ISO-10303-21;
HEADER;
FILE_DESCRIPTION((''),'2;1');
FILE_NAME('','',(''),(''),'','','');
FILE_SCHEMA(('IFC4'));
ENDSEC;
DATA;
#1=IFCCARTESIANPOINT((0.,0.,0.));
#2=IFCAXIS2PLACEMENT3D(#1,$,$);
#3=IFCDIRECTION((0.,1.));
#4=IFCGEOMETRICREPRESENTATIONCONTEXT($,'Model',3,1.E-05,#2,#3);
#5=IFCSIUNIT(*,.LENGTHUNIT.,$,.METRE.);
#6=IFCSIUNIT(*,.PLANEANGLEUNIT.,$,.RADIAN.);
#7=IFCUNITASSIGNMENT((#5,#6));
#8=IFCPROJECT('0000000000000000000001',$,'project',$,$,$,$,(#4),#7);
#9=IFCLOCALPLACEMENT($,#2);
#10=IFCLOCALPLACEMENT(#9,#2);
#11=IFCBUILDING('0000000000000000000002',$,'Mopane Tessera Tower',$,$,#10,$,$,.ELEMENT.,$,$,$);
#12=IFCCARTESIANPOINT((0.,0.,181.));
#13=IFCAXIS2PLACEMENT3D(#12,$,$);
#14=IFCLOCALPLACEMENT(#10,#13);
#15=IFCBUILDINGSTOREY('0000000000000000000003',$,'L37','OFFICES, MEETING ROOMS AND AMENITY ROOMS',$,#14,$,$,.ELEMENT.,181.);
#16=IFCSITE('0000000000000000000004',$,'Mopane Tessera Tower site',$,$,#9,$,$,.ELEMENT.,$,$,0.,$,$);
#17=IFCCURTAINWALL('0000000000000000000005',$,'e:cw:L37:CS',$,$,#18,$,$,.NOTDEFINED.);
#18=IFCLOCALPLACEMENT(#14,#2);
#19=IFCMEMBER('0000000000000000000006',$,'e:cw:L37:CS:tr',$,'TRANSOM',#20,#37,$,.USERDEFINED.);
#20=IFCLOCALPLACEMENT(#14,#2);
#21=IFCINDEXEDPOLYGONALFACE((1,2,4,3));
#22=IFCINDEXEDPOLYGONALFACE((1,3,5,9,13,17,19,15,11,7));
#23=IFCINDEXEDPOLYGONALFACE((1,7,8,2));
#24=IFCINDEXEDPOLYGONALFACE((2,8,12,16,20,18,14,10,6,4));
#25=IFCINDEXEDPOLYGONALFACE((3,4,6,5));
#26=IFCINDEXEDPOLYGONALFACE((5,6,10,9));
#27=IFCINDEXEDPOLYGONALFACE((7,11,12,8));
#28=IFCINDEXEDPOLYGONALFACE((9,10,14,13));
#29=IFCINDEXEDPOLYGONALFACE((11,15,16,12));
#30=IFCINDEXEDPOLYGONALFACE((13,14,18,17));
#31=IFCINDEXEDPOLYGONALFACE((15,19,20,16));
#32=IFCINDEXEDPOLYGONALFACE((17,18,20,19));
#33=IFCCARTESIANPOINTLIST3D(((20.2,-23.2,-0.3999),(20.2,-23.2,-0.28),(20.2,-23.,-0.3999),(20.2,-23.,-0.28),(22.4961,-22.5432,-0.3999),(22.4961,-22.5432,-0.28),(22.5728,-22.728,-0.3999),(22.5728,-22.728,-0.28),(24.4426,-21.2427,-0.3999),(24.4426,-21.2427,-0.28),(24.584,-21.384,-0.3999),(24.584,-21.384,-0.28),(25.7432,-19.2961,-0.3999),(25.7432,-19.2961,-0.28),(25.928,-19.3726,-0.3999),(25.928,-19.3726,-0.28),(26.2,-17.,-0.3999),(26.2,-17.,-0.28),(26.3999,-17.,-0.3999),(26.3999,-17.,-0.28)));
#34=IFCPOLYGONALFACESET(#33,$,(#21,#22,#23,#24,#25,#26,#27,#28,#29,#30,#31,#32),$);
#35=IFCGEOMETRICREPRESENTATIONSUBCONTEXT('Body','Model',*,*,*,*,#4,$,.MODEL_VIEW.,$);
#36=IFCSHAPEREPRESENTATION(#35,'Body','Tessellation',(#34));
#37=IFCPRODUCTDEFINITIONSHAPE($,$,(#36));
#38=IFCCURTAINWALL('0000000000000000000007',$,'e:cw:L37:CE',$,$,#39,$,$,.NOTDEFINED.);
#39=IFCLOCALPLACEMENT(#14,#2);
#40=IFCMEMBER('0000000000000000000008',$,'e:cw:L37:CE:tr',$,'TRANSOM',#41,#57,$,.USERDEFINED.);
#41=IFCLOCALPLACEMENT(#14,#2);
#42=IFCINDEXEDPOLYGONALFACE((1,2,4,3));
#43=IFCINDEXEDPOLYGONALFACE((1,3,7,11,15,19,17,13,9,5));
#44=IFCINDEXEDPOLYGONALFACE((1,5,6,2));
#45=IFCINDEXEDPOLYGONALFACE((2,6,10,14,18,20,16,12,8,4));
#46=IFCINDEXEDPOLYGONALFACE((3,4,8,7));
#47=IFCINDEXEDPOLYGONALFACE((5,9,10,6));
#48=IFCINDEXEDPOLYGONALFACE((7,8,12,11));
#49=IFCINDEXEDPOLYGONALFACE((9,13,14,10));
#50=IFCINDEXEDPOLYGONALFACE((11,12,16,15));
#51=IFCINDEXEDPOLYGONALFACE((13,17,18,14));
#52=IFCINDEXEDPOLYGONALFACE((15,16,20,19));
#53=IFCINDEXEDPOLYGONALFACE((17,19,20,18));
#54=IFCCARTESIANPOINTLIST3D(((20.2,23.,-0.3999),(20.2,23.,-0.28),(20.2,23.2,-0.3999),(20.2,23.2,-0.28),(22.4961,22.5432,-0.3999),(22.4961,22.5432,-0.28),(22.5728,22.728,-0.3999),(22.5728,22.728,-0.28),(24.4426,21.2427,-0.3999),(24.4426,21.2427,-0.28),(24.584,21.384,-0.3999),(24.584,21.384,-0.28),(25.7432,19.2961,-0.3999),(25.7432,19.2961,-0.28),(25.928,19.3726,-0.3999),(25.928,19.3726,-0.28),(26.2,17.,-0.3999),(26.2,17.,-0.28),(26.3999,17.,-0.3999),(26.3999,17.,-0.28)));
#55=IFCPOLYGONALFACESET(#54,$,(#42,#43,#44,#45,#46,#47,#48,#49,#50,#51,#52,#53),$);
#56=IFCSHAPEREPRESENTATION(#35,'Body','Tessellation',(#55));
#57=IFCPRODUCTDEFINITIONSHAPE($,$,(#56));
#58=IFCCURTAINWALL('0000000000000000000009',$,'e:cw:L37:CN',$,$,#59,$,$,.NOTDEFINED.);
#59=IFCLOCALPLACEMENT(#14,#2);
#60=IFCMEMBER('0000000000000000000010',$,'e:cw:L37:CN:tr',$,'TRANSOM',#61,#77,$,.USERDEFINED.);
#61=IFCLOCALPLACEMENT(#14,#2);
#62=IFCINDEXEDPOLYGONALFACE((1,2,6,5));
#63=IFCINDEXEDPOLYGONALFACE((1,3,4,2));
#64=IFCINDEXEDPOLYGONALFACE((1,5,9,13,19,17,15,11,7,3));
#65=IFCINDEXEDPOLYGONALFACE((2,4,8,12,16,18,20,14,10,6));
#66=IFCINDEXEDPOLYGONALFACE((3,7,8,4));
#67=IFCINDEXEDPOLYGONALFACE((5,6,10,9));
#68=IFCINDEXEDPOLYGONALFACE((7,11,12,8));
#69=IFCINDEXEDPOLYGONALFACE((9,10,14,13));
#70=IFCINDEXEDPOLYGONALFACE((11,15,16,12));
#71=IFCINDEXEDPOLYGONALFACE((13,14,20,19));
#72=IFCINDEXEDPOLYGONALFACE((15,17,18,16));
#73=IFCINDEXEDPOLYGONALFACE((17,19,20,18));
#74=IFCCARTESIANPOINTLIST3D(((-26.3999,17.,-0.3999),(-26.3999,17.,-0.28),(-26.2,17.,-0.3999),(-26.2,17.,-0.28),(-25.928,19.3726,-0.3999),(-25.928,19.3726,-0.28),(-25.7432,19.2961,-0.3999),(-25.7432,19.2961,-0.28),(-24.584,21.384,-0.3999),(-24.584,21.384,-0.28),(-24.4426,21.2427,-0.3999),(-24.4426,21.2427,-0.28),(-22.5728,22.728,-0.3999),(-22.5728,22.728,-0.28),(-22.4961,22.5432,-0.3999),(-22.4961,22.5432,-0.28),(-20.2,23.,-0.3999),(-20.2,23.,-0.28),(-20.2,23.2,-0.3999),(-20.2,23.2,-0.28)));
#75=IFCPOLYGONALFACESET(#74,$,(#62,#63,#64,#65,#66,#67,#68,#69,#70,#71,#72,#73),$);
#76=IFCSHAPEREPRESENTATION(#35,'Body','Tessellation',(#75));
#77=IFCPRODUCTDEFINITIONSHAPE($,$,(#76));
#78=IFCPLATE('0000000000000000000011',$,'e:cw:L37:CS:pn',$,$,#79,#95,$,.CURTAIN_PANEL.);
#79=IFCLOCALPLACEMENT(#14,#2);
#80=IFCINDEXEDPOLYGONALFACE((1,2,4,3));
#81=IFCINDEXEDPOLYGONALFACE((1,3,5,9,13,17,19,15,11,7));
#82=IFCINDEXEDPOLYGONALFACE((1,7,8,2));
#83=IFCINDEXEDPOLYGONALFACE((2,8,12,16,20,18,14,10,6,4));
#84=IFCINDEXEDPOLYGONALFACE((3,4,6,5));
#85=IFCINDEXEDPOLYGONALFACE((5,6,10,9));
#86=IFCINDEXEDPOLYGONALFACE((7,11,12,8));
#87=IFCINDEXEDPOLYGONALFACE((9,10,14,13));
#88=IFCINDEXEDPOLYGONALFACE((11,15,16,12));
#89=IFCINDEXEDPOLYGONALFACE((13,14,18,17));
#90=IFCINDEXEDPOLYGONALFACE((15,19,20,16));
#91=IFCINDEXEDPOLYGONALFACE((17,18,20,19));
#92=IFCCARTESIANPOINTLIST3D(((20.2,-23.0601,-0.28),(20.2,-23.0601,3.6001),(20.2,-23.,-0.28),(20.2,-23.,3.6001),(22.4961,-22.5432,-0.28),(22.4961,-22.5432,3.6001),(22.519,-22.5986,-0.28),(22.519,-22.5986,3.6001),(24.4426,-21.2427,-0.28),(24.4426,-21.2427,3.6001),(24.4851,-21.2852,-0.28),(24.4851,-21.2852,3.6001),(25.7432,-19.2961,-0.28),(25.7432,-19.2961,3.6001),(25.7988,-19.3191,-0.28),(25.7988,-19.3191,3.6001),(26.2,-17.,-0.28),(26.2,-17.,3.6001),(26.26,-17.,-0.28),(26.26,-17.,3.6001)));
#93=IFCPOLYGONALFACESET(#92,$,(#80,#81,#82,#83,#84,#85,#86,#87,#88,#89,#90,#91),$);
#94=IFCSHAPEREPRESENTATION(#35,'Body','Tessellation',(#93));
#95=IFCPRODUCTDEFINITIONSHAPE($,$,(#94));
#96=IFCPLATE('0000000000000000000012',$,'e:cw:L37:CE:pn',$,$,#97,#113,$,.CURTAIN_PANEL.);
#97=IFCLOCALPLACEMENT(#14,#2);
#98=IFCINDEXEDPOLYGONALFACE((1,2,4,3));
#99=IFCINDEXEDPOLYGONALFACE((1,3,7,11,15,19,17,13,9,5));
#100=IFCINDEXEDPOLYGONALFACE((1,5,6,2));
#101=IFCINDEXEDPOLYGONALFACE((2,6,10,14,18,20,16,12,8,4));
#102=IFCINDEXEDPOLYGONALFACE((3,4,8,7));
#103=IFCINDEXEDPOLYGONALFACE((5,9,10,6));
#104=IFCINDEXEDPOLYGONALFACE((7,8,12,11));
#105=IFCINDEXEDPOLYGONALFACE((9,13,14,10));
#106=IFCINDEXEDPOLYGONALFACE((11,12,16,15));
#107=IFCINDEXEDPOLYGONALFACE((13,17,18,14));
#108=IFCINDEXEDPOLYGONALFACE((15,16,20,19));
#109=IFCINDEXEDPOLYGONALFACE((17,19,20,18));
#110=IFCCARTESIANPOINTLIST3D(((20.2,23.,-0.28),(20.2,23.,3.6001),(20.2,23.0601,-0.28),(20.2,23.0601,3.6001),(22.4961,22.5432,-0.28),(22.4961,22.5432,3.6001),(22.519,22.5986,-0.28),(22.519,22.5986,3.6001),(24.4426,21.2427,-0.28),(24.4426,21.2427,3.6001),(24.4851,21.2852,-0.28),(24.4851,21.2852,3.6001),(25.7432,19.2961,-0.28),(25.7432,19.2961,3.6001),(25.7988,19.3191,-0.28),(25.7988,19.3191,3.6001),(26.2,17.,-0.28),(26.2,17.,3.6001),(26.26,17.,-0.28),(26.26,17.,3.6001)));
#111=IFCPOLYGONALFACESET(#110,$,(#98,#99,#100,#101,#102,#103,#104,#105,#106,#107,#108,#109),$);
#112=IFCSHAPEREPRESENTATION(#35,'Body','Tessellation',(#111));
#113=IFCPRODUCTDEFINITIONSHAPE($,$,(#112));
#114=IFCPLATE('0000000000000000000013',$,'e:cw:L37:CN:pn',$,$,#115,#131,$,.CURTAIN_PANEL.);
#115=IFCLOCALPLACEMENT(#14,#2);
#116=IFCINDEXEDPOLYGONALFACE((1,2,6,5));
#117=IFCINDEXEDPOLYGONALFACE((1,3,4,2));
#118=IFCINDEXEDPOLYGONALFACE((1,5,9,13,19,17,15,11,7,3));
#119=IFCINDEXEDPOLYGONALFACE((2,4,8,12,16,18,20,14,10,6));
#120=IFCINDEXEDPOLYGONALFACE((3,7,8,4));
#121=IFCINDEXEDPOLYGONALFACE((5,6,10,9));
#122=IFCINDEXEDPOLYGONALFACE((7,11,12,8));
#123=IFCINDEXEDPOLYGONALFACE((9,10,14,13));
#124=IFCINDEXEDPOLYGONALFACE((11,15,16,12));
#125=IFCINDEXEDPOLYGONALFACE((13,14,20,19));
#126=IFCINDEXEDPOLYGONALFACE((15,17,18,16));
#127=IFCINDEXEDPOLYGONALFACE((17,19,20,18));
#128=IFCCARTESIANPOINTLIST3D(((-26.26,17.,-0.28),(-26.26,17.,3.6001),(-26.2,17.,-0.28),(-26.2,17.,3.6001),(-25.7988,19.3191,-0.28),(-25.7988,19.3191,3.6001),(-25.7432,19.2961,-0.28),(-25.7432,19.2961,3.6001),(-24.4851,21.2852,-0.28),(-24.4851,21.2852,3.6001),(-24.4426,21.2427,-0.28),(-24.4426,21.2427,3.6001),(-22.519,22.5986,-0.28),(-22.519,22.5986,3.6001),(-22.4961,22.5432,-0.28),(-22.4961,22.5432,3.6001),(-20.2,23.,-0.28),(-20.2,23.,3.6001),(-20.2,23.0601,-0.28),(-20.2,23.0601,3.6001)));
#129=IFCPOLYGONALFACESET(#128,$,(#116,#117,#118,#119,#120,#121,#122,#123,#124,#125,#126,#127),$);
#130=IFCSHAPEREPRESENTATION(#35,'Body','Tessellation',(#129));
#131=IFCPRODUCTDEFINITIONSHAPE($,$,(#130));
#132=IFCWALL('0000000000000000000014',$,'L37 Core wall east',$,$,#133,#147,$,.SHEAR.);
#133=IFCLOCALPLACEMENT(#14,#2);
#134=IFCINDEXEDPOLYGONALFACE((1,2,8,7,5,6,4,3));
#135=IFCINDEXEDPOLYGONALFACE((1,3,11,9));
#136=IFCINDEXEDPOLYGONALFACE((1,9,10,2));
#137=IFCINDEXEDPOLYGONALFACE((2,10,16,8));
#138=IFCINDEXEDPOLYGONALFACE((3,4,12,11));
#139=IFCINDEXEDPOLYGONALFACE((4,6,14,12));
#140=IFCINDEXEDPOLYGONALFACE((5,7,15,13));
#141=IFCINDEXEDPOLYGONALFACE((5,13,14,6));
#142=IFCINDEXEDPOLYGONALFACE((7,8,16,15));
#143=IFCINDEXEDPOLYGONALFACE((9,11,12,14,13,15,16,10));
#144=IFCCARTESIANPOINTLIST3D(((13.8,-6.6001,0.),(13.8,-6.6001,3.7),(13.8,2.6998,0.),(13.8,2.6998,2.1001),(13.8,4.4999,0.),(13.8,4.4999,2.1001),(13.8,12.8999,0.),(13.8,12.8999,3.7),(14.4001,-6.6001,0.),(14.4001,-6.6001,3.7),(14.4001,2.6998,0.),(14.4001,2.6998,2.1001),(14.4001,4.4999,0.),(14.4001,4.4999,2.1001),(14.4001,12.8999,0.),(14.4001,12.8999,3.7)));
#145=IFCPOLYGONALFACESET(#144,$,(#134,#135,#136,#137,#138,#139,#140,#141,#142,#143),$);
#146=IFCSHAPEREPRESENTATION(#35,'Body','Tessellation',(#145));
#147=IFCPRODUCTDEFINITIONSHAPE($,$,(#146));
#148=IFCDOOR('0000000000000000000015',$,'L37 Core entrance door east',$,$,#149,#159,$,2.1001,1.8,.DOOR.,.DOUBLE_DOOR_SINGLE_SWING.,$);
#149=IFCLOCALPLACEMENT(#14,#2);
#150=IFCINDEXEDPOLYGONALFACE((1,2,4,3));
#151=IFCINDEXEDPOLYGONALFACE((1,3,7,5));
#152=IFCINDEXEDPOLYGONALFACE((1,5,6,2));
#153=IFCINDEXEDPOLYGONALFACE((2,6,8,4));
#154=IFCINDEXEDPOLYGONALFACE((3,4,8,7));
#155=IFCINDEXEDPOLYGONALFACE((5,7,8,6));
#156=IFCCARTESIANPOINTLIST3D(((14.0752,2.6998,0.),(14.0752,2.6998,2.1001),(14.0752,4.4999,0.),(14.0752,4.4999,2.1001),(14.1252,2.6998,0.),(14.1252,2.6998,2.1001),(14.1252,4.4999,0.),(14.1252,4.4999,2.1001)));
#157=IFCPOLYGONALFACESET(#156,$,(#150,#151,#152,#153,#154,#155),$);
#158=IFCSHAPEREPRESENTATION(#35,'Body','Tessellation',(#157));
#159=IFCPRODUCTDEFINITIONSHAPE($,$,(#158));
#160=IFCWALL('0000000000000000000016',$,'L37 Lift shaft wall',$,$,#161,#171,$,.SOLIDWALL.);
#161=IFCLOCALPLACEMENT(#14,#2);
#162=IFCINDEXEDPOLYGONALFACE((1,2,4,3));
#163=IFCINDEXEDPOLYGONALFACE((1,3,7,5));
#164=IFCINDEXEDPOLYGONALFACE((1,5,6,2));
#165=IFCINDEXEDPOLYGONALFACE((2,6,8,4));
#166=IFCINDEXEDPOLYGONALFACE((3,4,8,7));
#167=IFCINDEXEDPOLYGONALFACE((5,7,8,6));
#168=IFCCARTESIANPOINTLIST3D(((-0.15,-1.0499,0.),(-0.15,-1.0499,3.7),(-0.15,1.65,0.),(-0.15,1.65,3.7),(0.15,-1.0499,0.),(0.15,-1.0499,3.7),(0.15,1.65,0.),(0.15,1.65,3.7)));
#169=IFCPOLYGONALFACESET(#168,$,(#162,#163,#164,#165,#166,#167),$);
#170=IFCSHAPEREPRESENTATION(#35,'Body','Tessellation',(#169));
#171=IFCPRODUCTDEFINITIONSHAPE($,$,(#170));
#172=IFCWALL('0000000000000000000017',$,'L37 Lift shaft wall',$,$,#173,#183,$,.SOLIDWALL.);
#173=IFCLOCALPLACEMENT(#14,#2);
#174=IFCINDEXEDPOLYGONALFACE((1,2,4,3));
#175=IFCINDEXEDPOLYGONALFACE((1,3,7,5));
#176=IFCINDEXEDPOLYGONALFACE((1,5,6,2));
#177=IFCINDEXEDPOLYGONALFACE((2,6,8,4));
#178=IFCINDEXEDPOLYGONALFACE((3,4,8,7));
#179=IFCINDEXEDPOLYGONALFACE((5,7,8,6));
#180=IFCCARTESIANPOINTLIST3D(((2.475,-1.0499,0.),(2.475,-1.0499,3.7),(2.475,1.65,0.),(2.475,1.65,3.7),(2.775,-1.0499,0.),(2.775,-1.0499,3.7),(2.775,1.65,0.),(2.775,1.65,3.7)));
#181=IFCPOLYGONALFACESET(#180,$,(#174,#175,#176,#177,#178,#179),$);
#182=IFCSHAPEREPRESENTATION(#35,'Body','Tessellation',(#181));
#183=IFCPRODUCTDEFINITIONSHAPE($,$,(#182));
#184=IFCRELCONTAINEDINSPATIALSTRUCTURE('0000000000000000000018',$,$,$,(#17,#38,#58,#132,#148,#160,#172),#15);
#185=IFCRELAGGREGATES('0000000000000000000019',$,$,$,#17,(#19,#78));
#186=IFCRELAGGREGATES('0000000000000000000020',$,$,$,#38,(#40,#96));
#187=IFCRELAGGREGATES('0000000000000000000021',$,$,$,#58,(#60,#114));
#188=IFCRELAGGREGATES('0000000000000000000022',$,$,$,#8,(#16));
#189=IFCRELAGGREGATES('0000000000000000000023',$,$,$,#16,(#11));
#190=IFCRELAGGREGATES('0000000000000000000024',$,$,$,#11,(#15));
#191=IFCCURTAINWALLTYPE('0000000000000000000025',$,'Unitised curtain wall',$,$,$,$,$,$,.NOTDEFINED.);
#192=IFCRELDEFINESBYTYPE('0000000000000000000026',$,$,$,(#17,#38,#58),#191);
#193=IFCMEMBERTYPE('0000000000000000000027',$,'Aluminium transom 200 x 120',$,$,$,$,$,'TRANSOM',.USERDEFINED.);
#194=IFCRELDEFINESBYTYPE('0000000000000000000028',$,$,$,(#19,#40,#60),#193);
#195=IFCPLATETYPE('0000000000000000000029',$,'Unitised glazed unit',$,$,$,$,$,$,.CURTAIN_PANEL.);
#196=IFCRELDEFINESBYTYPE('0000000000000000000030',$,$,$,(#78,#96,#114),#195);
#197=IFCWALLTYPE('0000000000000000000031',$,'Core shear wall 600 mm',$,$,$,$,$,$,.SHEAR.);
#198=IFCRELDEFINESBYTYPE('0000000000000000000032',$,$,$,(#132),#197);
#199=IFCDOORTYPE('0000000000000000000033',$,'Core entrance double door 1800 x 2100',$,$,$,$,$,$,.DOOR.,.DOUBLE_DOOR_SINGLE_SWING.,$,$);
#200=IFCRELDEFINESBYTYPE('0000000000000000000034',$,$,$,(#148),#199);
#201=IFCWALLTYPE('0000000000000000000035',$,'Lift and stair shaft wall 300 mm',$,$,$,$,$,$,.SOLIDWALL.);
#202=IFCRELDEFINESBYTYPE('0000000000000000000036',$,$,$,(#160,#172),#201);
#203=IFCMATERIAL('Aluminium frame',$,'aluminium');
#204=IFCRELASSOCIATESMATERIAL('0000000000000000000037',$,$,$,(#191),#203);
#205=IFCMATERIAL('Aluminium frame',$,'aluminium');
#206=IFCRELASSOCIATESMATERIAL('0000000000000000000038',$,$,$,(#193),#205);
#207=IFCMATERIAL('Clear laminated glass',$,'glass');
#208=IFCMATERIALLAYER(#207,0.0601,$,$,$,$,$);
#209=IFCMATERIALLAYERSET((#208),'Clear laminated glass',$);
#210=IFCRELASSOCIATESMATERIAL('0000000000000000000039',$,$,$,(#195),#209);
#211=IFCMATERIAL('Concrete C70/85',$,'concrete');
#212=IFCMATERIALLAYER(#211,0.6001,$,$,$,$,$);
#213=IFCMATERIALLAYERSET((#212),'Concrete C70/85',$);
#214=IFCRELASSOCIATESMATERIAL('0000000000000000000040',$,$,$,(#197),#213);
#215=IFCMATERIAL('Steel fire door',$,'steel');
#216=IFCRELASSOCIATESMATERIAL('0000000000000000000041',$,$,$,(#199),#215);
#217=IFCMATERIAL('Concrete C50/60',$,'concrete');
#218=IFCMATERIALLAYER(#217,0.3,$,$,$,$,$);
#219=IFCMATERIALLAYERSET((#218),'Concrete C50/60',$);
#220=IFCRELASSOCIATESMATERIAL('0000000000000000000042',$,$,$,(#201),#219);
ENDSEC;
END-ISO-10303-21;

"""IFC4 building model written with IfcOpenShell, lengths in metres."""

from ifc_helpers import new_model, si_unit, direction, frame, frame_2d, origin, origin_2d, place, context, subcontext, project, spatial, polyline, rectangle, outline, extrude, material, layer, layer_set, material_profile, profile_set, type_object, element, fill, aggregate, save


model = new_model("IFC4")

# Units and contexts
model_context = context("Model", 3, precision=1e-05, world=origin(), true_north=direction((0.0, 1.0)))
body_context = subcontext(model_context, "Body", "Model", "MODEL_VIEW")
ifc_project = project(units=[si_unit("LENGTHUNIT", "METRE"), si_unit("PLANEANGLEUNIT", "RADIAN")], contexts=[model_context])

# Site, building, storey
site_placement = place(None, origin())
site = spatial("IfcSite", under=ifc_project, at=site_placement, Name="Mopane Tessera Tower site", CompositionType="ELEMENT", RefElevation=0.0)
building_placement = place(site_placement, origin())
building = spatial("IfcBuilding", under=site, at=building_placement, Name="Mopane Tessera Tower", CompositionType="ELEMENT")
storey_placement = place(building_placement, frame((0.0, 0.0, 181.0)))
storey = spatial("IfcBuildingStorey", under=building, at=storey_placement, Name="L37", Description="OFFICES, MEETING ROOMS AND AMENITY ROOMS", CompositionType="ELEMENT", Elevation=181.0)

# Curtain walls, members
ifc_material_1 = material(Name="Aluminium frame", Category="aluminium")
curtain_wall_type = type_object("IfcCurtainWallType", Name="Unitised curtain wall", PredefinedType="NOTDEFINED", material=ifc_material_1)
curtain_wall_1_placement = place(storey_placement, origin())
curtain_wall_1 = element("IfcCurtainWall", 1, at=curtain_wall_1_placement, inside=storey, type_object=curtain_wall_type, Name="e:cw:L37:CS", PredefinedType="NOTDEFINED")
ifc_material_2 = material(Name="Aluminium frame", Category="aluminium")
ifc_material_profile = material_profile(ifc_material_2, rectangle(XDim=0.2, YDim=0.1201, at=origin_2d()))
ifc_profile_set = profile_set([ifc_material_profile], Name="Aluminium frame")
member_type = type_object("IfcMemberType", Name="Aluminium transom 200 x 120", ElementType="TRANSOM", PredefinedType="USERDEFINED", material=ifc_profile_set)
member_1_placement = place(storey_placement, frame((0.0, 0.0, -0.3999)))
member_1 = element("IfcMember", 2, at=member_1_placement, type_object=member_type, Name="e:cw:L37:CS:tr", ObjectType="TRANSOM", PredefinedType="USERDEFINED", context=body_context, shape_type="SweptSolid", body=[
    extrude(outline(polyline([(20.2, -23.0), (22.4961, -22.5432), (24.4426, -21.2427), (25.7432, -19.2961), (26.2, -17.0), (26.3999, -17.0), (25.928, -19.3726), (24.584, -21.384), (22.5728, -22.728), (20.2, -23.2), (20.2, -23.0)])), origin(), (0.0, 0.0, 1.0), 0.1199),
])
curtain_wall_2_placement = place(storey_placement, origin())
curtain_wall_2 = element("IfcCurtainWall", 3, at=curtain_wall_2_placement, inside=storey, type_object=curtain_wall_type, Name="e:cw:L37:CE", PredefinedType="NOTDEFINED")
member_2_placement = place(storey_placement, frame((0.0, 0.0, -0.3999)))
member_2 = element("IfcMember", 4, at=member_2_placement, type_object=member_type, Name="e:cw:L37:CE:tr", ObjectType="TRANSOM", PredefinedType="USERDEFINED", context=body_context, shape_type="SweptSolid", body=[
    extrude(outline(polyline([(26.2, 17.0), (25.7432, 19.2961), (24.4426, 21.2427), (22.4961, 22.5432), (20.2, 23.0), (20.2, 23.2), (22.5728, 22.728), (24.584, 21.384), (25.928, 19.3726), (26.3999, 17.0), (26.2, 17.0)])), origin(), (0.0, 0.0, 1.0), 0.1199),
])
curtain_wall_3_placement = place(storey_placement, origin())
curtain_wall_3 = element("IfcCurtainWall", 5, at=curtain_wall_3_placement, inside=storey, type_object=curtain_wall_type, Name="e:cw:L37:CN", PredefinedType="NOTDEFINED")
member_3_placement = place(storey_placement, frame((0.0, 0.0, -0.3999)))
member_3 = element("IfcMember", 6, at=member_3_placement, type_object=member_type, Name="e:cw:L37:CN:tr", ObjectType="TRANSOM", PredefinedType="USERDEFINED", context=body_context, shape_type="SweptSolid", body=[
    extrude(outline(polyline([(-20.2, 23.0), (-22.4961, 22.5432), (-24.4426, 21.2427), (-25.7432, 19.2961), (-26.2, 17.0), (-26.3999, 17.0), (-25.928, 19.3726), (-24.584, 21.384), (-22.5728, 22.728), (-20.2, 23.2), (-20.2, 23.0)])), origin(), (0.0, 0.0, 1.0), 0.1199),
])

# Plates
ifc_material_3 = material(Name="Clear laminated glass", Category="glass")
ifc_layer_1 = layer(ifc_material_3, 0.0601)
ifc_layer_set_1 = layer_set([ifc_layer_1], Name="Clear laminated glass")
plate_type = type_object("IfcPlateType", Name="Unitised glazed unit", PredefinedType="CURTAIN_PANEL", material=ifc_layer_set_1)
plate_1_placement = place(storey_placement, frame((0.0, 0.0, -0.28)))
plate_1 = element("IfcPlate", 7, at=plate_1_placement, type_object=plate_type, Name="e:cw:L37:CS:pn", PredefinedType="CURTAIN_PANEL", context=body_context, shape_type="SweptSolid", body=[
    extrude(outline(polyline([(20.2, -23.0), (22.4961, -22.5432), (24.4426, -21.2427), (25.7432, -19.2961), (26.2, -17.0), (26.26, -17.0), (25.7988, -19.3191), (24.4851, -21.2852), (22.519, -22.5986), (20.2, -23.0601), (20.2, -23.0)])), origin(), (0.0, 0.0, 1.0), 3.8801),
])
aggregate(curtain_wall_1, [member_1, plate_1])
plate_2_placement = place(storey_placement, frame((0.0, 0.0, -0.28)))
plate_2 = element("IfcPlate", 8, at=plate_2_placement, type_object=plate_type, Name="e:cw:L37:CE:pn", PredefinedType="CURTAIN_PANEL", context=body_context, shape_type="SweptSolid", body=[
    extrude(outline(polyline([(26.2, 17.0), (25.7432, 19.2961), (24.4426, 21.2427), (22.4961, 22.5432), (20.2, 23.0), (20.2, 23.0601), (22.519, 22.5986), (24.4851, 21.2852), (25.7988, 19.3191), (26.26, 17.0), (26.2, 17.0)])), origin(), (0.0, 0.0, 1.0), 3.8801),
])
aggregate(curtain_wall_2, [member_2, plate_2])
plate_3_placement = place(storey_placement, frame((0.0, 0.0, -0.28)))
plate_3 = element("IfcPlate", 9, at=plate_3_placement, type_object=plate_type, Name="e:cw:L37:CN:pn", PredefinedType="CURTAIN_PANEL", context=body_context, shape_type="SweptSolid", body=[
    extrude(outline(polyline([(-20.2, 23.0), (-22.4961, 22.5432), (-24.4426, 21.2427), (-25.7432, 19.2961), (-26.2, 17.0), (-26.26, 17.0), (-25.7988, 19.3191), (-24.4851, 21.2852), (-22.519, 22.5986), (-20.2, 23.0601), (-20.2, 23.0)])), origin(), (0.0, 0.0, 1.0), 3.8801),
])
aggregate(curtain_wall_3, [member_3, plate_3])

# Wall, opening, door
ifc_material_4 = material(Name="Concrete C70/85", Category="concrete")
ifc_layer_2 = layer(ifc_material_4, 0.6001)
ifc_layer_set_2 = layer_set([ifc_layer_2], Name="Concrete C70/85")
wall_type_1 = type_object("IfcWallType", Name="Core shear wall 600 mm", PredefinedType="SHEAR", material=ifc_layer_set_2)
wall_1_placement = place(storey_placement, frame((14.1001, -6.6001, 0.0), z_axis=(0.0, 0.0, 1.0), x_axis=(0.0, 1.0, 0.0)))
wall_1 = element("IfcWall", 10, at=wall_1_placement, inside=storey, type_object=wall_type_1, Name="L37 Core wall east", PredefinedType="SHEAR", context=body_context, shape_type="SweptSolid", body=[
    extrude(rectangle(XDim=19.5, YDim=0.6001, at=frame_2d((9.75, 0.0))), origin(), (0.0, 0.0, 1.0), 3.7),
])
opening_1_placement = place(wall_1_placement, frame((9.3, 0.0, 0.0)))
opening_1 = element("IfcOpeningElement", 11, at=opening_1_placement, cuts=wall_1, PredefinedType="OPENING", context=body_context, shape_type="SweptSolid", body=[
    extrude(rectangle(XDim=1.8, YDim=2.1001, at=frame_2d((0.8999, 1.05))), frame((0.0, 0.312, 0.0), z_axis=(0.0, -1.0, 0.0), x_axis=(1.0, 0.0, 0.0)), (0.0, 0.0, 1.0), 0.624),
])
ifc_material_5 = material(Name="Steel fire door", Category="steel")
door_type_1 = type_object("IfcDoorType", Name="Core entrance double door 1800 x 2100", OperationType="DOUBLE_DOOR_SINGLE_SWING", PredefinedType="DOOR", material=ifc_material_5)
door_1_placement = place(opening_1_placement, origin())
door_1 = element("IfcDoor", 12, at=door_1_placement, inside=storey, type_object=door_type_1, Name="L37 Core entrance door east", OperationType="DOUBLE_DOOR_SINGLE_SWING", OverallHeight=2.1001, OverallWidth=1.8, PredefinedType="DOOR", context=body_context, shape_type="SweptSolid", body=[
    extrude(rectangle(XDim=1.8, YDim=2.1001, at=frame_2d((0.8999, 1.05))), frame((0.0, 0.0249, 0.0), z_axis=(0.0, -1.0, 0.0), x_axis=(1.0, 0.0, 0.0)), (0.0, 0.0, 1.0), 0.05),
])
fill(opening_1, door_1)

# Walls
ifc_material_6 = material(Name="Concrete C50/60", Category="concrete")
ifc_layer_3 = layer(ifc_material_6, 0.3)
ifc_layer_set_3 = layer_set([ifc_layer_3], Name="Concrete C50/60")
wall_type_2 = type_object("IfcWallType", Name="Lift and stair shaft wall 300 mm", PredefinedType="SOLIDWALL", material=ifc_layer_set_3)
for number, where, z_axis, x_axis, name in (
    (13, (0.0, -1.05, 0.0), (0.0, 0.0, 1.0), (0.0, 1.0, 0.0), "L37 Lift shaft wall"),
    (14, (2.625, -1.05, 0.0), (0.0, 0.0, 1.0), (0.0, 1.0, 0.0), "L37 Lift shaft wall"),
):
    element("IfcWall", number, at=place(storey_placement, frame(where, z_axis=z_axis, x_axis=x_axis)), inside=storey, type_object=wall_type_2, Name=name, PredefinedType="SOLIDWALL", context=body_context, shape_type="SweptSolid", body=[
        extrude(rectangle(XDim=2.7, YDim=0.3, at=frame_2d((1.3501, 0.0))), origin(), (0.0, 0.0, 1.0), 3.7),
    ])

save(model, "model.ifc")
